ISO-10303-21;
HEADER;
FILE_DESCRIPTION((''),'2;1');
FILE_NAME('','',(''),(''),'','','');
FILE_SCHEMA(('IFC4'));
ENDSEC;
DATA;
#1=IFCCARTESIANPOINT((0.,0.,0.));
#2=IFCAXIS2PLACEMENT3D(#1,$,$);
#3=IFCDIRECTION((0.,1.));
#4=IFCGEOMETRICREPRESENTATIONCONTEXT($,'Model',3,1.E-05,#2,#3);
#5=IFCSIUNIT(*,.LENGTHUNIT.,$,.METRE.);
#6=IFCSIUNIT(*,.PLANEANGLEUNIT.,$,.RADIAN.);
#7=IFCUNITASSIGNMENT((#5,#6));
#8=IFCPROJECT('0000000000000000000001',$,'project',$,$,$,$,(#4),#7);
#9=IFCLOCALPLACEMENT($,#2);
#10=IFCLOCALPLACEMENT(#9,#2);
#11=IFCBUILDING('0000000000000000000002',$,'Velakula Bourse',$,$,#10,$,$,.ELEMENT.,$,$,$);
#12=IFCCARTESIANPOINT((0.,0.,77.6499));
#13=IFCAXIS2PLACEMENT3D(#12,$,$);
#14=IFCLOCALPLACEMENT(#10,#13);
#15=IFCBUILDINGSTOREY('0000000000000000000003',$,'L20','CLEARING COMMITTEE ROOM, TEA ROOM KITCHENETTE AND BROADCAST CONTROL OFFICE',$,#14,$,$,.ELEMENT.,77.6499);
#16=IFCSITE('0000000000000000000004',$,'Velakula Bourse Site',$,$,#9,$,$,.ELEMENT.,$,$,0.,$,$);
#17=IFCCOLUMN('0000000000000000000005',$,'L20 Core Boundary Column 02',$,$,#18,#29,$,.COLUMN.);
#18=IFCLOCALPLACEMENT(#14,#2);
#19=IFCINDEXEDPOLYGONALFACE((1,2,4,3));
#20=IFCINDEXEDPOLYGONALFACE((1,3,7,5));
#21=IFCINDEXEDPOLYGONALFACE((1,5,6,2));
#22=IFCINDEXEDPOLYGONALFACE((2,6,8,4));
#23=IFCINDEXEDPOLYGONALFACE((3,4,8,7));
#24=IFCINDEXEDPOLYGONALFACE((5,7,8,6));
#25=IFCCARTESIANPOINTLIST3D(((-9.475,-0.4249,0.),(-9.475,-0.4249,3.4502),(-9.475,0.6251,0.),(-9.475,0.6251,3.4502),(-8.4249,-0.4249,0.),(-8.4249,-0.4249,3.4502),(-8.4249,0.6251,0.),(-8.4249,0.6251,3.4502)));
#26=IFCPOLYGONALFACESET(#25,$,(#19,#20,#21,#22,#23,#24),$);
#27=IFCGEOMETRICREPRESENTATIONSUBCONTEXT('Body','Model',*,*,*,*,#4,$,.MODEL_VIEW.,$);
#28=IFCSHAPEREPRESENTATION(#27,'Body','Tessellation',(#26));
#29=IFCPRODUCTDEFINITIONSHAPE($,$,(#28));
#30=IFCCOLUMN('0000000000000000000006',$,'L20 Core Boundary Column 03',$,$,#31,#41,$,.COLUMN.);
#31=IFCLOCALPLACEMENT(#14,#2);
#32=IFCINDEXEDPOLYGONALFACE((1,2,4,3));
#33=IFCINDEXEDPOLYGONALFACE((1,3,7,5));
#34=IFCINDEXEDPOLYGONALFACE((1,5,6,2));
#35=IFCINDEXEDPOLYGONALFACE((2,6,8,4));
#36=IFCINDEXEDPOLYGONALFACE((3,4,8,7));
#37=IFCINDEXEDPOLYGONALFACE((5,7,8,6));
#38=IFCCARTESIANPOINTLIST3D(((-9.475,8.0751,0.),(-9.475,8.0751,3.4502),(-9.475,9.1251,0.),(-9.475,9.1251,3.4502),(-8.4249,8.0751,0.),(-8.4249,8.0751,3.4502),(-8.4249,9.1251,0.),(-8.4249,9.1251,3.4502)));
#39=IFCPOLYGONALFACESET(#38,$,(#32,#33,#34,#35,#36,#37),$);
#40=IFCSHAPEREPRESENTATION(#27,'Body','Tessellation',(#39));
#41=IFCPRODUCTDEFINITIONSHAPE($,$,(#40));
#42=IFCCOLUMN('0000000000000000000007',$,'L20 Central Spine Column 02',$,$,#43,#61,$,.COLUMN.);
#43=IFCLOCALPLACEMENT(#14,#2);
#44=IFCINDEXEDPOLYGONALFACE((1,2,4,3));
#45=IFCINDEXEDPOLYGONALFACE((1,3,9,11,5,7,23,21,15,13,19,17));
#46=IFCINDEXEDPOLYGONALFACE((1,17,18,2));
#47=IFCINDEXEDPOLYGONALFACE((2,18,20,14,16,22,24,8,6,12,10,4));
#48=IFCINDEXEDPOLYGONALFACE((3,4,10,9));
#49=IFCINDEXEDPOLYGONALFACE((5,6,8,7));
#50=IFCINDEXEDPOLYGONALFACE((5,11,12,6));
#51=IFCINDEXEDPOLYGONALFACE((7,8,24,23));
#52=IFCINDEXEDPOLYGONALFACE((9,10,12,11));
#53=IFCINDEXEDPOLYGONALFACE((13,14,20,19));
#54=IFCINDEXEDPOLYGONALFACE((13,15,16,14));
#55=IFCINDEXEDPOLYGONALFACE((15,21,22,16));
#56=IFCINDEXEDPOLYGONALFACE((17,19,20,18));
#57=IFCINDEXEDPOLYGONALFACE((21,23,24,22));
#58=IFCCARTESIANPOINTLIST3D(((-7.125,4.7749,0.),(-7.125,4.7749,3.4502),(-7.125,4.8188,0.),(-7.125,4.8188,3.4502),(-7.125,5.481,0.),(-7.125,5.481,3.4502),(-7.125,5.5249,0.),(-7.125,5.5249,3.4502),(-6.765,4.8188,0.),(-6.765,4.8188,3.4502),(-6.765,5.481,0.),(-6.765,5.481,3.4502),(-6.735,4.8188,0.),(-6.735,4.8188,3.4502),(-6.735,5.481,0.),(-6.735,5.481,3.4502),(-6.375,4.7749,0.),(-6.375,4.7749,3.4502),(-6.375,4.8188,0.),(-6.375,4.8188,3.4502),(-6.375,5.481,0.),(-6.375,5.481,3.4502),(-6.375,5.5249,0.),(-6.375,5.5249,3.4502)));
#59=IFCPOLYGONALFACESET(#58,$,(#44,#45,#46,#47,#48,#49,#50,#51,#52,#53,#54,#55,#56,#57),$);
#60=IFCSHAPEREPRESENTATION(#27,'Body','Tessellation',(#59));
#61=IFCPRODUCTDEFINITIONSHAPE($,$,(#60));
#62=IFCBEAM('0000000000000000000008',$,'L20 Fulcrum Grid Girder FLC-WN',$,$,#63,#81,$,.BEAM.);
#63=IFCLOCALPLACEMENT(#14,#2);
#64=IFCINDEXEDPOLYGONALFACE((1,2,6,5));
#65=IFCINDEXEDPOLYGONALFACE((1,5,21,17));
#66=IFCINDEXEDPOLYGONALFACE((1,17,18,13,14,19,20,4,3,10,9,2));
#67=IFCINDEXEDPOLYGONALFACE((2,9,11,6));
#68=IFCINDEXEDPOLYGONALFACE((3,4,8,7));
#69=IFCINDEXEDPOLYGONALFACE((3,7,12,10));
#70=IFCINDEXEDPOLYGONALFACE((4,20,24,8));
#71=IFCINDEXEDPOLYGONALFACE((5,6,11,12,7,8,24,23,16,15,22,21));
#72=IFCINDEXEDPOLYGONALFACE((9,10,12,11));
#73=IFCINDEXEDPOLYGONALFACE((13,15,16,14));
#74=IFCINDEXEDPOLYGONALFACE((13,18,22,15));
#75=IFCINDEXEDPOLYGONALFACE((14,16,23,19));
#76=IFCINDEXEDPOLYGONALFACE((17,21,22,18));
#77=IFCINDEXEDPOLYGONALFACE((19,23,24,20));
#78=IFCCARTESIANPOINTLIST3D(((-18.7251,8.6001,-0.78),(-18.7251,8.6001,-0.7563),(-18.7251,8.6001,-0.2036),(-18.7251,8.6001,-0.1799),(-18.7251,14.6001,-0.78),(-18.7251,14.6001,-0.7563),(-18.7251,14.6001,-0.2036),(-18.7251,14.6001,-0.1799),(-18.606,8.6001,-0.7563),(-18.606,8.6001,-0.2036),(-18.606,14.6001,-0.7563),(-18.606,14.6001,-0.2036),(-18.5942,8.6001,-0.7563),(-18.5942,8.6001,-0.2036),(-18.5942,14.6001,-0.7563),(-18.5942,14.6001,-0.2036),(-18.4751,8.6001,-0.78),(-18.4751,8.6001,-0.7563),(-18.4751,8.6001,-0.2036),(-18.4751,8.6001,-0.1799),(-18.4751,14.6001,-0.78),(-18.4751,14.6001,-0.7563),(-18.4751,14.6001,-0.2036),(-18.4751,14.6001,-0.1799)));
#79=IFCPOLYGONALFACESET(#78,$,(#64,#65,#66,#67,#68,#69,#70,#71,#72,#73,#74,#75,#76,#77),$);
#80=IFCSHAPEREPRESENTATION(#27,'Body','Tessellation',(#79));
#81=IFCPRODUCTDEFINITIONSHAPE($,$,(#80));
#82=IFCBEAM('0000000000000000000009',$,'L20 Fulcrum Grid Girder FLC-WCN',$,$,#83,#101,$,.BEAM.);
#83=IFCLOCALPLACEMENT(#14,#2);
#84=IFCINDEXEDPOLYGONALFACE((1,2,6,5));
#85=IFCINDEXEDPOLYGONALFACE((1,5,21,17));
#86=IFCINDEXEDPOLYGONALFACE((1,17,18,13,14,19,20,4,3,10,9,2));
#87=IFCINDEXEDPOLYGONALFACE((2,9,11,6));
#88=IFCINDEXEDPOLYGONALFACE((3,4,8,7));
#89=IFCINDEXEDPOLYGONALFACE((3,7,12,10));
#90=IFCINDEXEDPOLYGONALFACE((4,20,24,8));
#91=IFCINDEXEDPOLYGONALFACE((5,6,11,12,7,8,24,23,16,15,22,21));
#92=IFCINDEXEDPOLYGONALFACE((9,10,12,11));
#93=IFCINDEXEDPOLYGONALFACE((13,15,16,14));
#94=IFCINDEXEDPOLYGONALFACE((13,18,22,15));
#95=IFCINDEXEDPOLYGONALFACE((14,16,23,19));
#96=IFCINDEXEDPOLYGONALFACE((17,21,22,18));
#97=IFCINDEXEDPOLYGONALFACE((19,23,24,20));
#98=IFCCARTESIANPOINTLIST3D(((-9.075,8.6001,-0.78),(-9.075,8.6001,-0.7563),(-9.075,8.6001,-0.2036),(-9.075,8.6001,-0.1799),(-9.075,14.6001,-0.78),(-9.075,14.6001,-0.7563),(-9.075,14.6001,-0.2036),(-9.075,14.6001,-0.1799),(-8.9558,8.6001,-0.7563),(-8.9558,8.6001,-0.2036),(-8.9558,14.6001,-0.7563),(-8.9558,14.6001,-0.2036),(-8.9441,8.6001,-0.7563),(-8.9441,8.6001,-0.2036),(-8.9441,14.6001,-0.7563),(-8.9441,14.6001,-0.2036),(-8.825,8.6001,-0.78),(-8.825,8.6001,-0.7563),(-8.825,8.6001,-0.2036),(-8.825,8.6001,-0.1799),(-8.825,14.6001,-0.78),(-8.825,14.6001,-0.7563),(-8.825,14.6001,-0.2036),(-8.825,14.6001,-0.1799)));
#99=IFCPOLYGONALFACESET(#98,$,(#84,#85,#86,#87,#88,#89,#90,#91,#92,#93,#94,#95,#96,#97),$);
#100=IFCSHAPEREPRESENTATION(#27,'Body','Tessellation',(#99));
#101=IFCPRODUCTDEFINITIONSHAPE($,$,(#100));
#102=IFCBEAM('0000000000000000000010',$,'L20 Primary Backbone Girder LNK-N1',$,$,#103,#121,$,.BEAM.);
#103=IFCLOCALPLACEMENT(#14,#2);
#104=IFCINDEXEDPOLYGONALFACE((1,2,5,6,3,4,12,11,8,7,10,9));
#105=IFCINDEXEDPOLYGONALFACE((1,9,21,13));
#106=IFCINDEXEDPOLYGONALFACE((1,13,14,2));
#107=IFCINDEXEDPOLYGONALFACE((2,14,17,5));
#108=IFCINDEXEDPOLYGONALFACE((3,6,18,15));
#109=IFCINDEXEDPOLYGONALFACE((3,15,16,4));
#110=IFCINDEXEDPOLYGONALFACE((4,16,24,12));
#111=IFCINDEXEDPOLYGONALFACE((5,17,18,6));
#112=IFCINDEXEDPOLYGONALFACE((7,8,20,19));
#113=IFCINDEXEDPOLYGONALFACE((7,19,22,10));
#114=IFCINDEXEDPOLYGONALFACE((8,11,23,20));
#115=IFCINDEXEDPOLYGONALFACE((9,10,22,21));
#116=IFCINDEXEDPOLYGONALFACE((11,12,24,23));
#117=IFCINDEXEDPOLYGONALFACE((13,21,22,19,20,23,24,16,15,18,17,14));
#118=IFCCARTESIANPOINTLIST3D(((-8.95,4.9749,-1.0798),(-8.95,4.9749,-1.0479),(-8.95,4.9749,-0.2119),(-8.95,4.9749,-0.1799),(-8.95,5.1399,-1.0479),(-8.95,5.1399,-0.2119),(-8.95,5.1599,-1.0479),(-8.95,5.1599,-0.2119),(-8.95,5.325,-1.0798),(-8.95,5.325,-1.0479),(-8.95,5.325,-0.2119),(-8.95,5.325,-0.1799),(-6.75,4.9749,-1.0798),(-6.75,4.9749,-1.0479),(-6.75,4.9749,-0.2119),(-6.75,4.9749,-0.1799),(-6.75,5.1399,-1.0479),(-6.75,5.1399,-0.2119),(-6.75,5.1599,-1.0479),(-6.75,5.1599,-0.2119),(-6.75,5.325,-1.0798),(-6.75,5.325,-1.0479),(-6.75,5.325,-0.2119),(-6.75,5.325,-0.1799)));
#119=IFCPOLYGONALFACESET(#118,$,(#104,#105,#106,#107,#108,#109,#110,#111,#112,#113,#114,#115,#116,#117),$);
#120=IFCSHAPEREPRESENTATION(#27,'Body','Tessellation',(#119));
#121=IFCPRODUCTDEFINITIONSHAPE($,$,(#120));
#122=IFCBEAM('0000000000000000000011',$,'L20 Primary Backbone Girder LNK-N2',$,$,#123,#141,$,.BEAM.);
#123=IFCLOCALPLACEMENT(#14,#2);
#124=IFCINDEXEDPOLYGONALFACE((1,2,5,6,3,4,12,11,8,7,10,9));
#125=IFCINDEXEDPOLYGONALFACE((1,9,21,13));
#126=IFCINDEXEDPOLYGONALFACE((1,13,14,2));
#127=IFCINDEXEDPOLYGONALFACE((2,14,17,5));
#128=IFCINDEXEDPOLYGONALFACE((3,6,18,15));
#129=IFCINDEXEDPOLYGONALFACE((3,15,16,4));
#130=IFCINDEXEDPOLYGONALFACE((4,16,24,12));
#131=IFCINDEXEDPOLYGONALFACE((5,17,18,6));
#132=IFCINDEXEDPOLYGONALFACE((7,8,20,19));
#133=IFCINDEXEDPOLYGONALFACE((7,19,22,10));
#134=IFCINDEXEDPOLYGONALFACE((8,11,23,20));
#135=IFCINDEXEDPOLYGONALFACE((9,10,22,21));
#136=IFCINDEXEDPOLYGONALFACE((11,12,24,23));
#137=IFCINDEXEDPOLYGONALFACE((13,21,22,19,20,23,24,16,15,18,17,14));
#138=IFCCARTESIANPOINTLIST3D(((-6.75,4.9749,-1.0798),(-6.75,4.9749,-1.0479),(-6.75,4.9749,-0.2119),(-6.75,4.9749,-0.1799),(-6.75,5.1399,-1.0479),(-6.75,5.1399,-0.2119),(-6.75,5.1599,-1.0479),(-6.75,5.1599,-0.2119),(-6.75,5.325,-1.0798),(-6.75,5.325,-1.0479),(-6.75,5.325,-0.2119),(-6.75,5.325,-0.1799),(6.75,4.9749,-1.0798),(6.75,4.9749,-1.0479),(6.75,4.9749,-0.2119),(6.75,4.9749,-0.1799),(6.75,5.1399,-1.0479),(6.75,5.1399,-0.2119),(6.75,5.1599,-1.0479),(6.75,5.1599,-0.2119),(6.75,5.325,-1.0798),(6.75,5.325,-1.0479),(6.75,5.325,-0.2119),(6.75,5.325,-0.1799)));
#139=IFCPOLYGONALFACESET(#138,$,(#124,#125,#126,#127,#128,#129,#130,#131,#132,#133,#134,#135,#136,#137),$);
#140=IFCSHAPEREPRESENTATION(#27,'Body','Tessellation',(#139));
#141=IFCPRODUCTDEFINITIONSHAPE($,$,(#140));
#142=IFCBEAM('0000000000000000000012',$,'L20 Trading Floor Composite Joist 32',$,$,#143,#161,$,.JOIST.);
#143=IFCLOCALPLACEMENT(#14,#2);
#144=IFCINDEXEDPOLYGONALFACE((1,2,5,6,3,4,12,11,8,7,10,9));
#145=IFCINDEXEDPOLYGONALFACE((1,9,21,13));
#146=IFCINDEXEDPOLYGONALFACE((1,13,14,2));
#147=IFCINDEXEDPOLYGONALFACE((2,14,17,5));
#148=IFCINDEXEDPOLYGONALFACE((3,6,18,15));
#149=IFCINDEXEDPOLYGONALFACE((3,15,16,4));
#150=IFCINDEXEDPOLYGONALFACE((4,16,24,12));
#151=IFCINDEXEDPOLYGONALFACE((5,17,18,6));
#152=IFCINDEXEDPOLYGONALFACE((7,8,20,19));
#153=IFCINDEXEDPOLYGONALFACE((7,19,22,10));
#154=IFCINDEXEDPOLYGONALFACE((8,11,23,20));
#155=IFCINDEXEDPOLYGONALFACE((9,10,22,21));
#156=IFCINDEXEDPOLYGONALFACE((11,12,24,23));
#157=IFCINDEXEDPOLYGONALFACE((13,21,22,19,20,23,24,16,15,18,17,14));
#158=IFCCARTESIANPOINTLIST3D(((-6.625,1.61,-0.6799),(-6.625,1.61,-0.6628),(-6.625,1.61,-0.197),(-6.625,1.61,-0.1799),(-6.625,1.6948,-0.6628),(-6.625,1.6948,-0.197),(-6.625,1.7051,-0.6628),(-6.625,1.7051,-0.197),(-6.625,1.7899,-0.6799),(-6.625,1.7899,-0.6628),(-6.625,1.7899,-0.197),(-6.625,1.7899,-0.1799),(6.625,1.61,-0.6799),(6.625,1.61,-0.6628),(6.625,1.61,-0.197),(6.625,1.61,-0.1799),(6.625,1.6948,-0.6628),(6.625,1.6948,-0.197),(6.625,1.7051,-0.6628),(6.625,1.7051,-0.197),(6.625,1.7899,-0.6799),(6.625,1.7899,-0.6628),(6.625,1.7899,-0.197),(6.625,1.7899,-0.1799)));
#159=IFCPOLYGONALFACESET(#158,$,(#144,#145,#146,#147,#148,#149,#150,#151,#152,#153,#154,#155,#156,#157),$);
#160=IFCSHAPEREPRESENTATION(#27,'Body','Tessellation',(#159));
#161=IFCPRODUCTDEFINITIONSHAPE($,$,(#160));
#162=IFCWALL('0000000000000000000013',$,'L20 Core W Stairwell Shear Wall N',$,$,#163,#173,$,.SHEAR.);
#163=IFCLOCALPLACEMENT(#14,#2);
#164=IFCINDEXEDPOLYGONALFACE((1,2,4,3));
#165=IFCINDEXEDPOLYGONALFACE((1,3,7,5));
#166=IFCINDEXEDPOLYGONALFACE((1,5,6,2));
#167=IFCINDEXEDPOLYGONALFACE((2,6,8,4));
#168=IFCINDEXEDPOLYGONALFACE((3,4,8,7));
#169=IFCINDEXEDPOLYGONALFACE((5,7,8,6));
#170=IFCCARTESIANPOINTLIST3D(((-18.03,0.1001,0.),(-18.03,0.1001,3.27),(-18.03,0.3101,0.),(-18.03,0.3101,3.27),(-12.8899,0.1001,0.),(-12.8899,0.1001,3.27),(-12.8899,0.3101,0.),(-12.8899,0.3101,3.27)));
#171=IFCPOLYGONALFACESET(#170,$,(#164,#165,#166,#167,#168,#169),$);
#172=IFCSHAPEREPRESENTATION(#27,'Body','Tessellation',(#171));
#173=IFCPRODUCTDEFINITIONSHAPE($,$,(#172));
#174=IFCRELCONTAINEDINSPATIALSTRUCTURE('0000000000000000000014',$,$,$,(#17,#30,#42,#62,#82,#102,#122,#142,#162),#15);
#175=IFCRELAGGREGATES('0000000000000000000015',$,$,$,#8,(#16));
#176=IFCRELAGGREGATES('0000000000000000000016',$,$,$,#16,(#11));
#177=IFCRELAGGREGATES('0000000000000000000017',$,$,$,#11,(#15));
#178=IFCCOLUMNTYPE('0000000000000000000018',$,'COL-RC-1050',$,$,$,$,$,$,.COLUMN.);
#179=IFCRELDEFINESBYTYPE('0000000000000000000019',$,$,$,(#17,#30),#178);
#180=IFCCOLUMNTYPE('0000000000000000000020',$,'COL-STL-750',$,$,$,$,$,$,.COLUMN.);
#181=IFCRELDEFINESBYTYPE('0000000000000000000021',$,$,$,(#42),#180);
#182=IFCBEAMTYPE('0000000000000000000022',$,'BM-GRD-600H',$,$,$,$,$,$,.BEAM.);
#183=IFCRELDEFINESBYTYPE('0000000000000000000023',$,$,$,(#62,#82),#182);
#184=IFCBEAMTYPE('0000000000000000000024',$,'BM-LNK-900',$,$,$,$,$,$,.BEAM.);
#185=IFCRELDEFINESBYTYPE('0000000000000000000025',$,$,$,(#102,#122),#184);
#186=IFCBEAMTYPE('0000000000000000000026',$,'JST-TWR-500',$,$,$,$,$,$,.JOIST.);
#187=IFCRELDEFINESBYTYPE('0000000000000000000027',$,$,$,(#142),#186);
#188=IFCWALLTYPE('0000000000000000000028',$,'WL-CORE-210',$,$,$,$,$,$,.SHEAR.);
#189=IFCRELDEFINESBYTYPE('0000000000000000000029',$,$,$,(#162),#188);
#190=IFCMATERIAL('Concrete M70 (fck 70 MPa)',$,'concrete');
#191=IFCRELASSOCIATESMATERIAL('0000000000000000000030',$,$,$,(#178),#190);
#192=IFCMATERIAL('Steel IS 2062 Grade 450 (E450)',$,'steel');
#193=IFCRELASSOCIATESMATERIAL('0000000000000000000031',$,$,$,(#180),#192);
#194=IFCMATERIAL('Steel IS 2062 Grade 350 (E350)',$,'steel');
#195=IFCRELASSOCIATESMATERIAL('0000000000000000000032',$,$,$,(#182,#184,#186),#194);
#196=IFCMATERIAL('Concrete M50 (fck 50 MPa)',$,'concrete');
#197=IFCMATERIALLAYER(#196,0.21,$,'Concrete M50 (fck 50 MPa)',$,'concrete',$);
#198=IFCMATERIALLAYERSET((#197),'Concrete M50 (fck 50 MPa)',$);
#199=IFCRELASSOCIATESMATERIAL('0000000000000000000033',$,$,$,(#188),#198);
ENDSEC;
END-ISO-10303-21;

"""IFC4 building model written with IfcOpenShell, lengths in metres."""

from ifc_helpers import new_model, si_unit, direction, frame, frame_2d, origin, origin_2d, place, context, subcontext, project, spatial, rectangle, i_section, extrude, material, layer, layer_set, material_profile, profile_set, type_object, element, save


model = new_model("IFC4")

# Units and contexts
model_context = context("Model", 3, precision=1e-05, world=origin(), true_north=direction((0.0, 1.0)))
body_context = subcontext(model_context, "Body", "Model", "MODEL_VIEW")
ifc_project = project(units=[si_unit("LENGTHUNIT", "METRE"), si_unit("PLANEANGLEUNIT", "RADIAN")], contexts=[model_context])

# Site, building, storey
site_placement = place(None, origin())
site = spatial("IfcSite", under=ifc_project, at=site_placement, Name="Velakula Bourse Site", CompositionType="ELEMENT", RefElevation=0.0)
building_placement = place(site_placement, origin())
building = spatial("IfcBuilding", under=site, at=building_placement, Name="Velakula Bourse", CompositionType="ELEMENT")
storey_placement = place(building_placement, frame((0.0, 0.0, 77.6499)))
storey = spatial("IfcBuildingStorey", under=building, at=storey_placement, Name="L20", Description="CLEARING COMMITTEE ROOM, TEA ROOM KITCHENETTE AND BROADCAST CONTROL OFFICE", CompositionType="ELEMENT", Elevation=77.6499)

# Columns
ifc_material_1 = material(Name="Concrete M70 (fck 70 MPa)", Category="concrete")
ifc_material_profile_1 = material_profile(ifc_material_1, rectangle(XDim=1.05, YDim=1.05, at=origin_2d()), Name="Concrete M70 (fck 70 MPa)")
ifc_profile_set_1 = profile_set([ifc_material_profile_1], Name="Concrete M70 (fck 70 MPa)")
column_type_1 = type_object("IfcColumnType", Name="COL-RC-1050", PredefinedType="COLUMN", material=ifc_profile_set_1)
for number, where, z_axis, x_axis, name in (
    (1, (-8.95, 0.1001, 0.0), (0.0, 0.0, 1.0), (1.0, 0.0, 0.0), "L20 Core Boundary Column 02"),
    (2, (-8.95, 8.6001, 0.0), (0.0, 0.0, 1.0), (1.0, 0.0, 0.0), "L20 Core Boundary Column 03"),
):
    element("IfcColumn", number, at=place(storey_placement, frame(where, z_axis=z_axis, x_axis=x_axis)), inside=storey, type_object=column_type_1, Name=name, PredefinedType="COLUMN", context=body_context, shape_type="SweptSolid", body=[
        extrude(rectangle(XDim=1.05, YDim=1.05, at=origin_2d()), origin(), (0.0, 0.0, 1.0), 3.4502),
    ])
ifc_material_2 = material(Name="Steel IS 2062 Grade 450 (E450)", Category="steel")
ifc_material_profile_2 = material_profile(ifc_material_2, i_section(OverallWidth=0.75, OverallDepth=0.75, WebThickness=0.03, FlangeThickness=0.0439, at=origin_2d()), Name="Steel IS 2062 Grade 450 (E450)")
ifc_profile_set_2 = profile_set([ifc_material_profile_2], Name="Steel IS 2062 Grade 450 (E450)")
column_type_2 = type_object("IfcColumnType", Name="COL-STL-750", PredefinedType="COLUMN", material=ifc_profile_set_2)
column_placement = place(storey_placement, frame((-6.75, 5.1499, 0.0), z_axis=(0.0, 0.0, 1.0), x_axis=(1.0, 0.0, 0.0)))
element("IfcColumn", 3, at=column_placement, inside=storey, type_object=column_type_2, Name="L20 Central Spine Column 02", PredefinedType="COLUMN", context=body_context, shape_type="SweptSolid", body=[
    extrude(i_section(OverallWidth=0.75, OverallDepth=0.75, WebThickness=0.03, FlangeThickness=0.0439, at=origin_2d()), origin(), (0.0, 0.0, 1.0), 3.4502),
])

# Beams
ifc_material_3 = material(Name="Steel IS 2062 Grade 350 (E350)", Category="steel")
ifc_material_profile_3 = material_profile(ifc_material_3, i_section(OverallWidth=0.25, OverallDepth=0.6001, WebThickness=0.0117, FlangeThickness=0.0237, at=origin_2d()), Name="Steel IS 2062 Grade 350 (E350)")
ifc_profile_set_3 = profile_set([ifc_material_profile_3], Name="Steel IS 2062 Grade 350 (E350)")
beam_type_1 = type_object("IfcBeamType", Name="BM-GRD-600H", PredefinedType="BEAM", material=ifc_profile_set_3)
for number, where, z_axis, x_axis, name in (
    (4, (-18.6001, 8.6001, -0.48), (0.0, 1.0, 0.0), (-1.0, 0.0, 0.0), "L20 Fulcrum Grid Girder FLC-WN"),
    (5, (-8.95, 8.6001, -0.48), (0.0, 1.0, 0.0), (-1.0, 0.0, 0.0), "L20 Fulcrum Grid Girder FLC-WCN"),
):
    element("IfcBeam", number, at=place(storey_placement, frame(where, z_axis=z_axis, x_axis=x_axis)), inside=storey, type_object=beam_type_1, Name=name, PredefinedType="BEAM", context=body_context, shape_type="SweptSolid", body=[
        extrude(i_section(OverallWidth=0.25, OverallDepth=0.6001, WebThickness=0.0117, FlangeThickness=0.0237, at=origin_2d()), origin(), (0.0, 0.0, 1.0), 6.0),
    ])
ifc_material_profile_4 = material_profile(ifc_material_3, i_section(OverallWidth=0.3501, OverallDepth=0.8999, WebThickness=0.02, FlangeThickness=0.032, at=origin_2d()), Name="Steel IS 2062 Grade 350 (E350)")
ifc_profile_set_4 = profile_set([ifc_material_profile_4], Name="Steel IS 2062 Grade 350 (E350)")
beam_type_2 = type_object("IfcBeamType", Name="BM-LNK-900", PredefinedType="BEAM", material=ifc_profile_set_4)
beam_1_placement = place(storey_placement, frame((-8.95, 5.1499, -0.6299), z_axis=(1.0, 0.0, 0.0), x_axis=(0.0, 1.0, 0.0)))
element("IfcBeam", 6, at=beam_1_placement, inside=storey, type_object=beam_type_2, Name="L20 Primary Backbone Girder LNK-N1", PredefinedType="BEAM", context=body_context, shape_type="SweptSolid", body=[
    extrude(i_section(OverallWidth=0.3501, OverallDepth=0.8999, WebThickness=0.02, FlangeThickness=0.032, at=origin_2d()), origin(), (0.0, 0.0, 1.0), 2.2),
])
beam_2_placement = place(storey_placement, frame((-6.75, 5.1499, -0.6299), z_axis=(1.0, 0.0, 0.0), x_axis=(0.0, 1.0, 0.0)))
element("IfcBeam", 7, at=beam_2_placement, inside=storey, type_object=beam_type_2, Name="L20 Primary Backbone Girder LNK-N2", PredefinedType="BEAM", context=body_context, shape_type="SweptSolid", body=[
    extrude(i_section(OverallWidth=0.3501, OverallDepth=0.8999, WebThickness=0.02, FlangeThickness=0.032, at=origin_2d()), origin(), (0.0, 0.0, 1.0), 13.5),
])
ifc_material_profile_5 = material_profile(ifc_material_3, i_section(OverallWidth=0.1799, OverallDepth=0.5, WebThickness=0.0103, FlangeThickness=0.0171, at=origin_2d()), Name="Steel IS 2062 Grade 350 (E350)")
ifc_profile_set_5 = profile_set([ifc_material_profile_5], Name="Steel IS 2062 Grade 350 (E350)")
beam_type_3 = type_object("IfcBeamType", Name="JST-TWR-500", PredefinedType="JOIST", material=ifc_profile_set_5)
beam_3_placement = place(storey_placement, frame((-6.625, 1.7, -0.4299), z_axis=(1.0, 0.0, 0.0), x_axis=(0.0, 1.0, 0.0)))
element("IfcBeam", 8, at=beam_3_placement, inside=storey, type_object=beam_type_3, Name="L20 Trading Floor Composite Joist 32", PredefinedType="JOIST", context=body_context, shape_type="SweptSolid", body=[
    extrude(i_section(OverallWidth=0.1799, OverallDepth=0.5, WebThickness=0.0103, FlangeThickness=0.0171, at=origin_2d()), origin(), (0.0, 0.0, 1.0), 13.25),
])

# Wall
ifc_material_4 = material(Name="Concrete M50 (fck 50 MPa)", Category="concrete")
ifc_layer_1 = layer(ifc_material_4, 0.21, Name="Concrete M50 (fck 50 MPa)", Category="concrete")
ifc_layer_set_1 = layer_set([ifc_layer_1], Name="Concrete M50 (fck 50 MPa)")
wall_type_1 = type_object("IfcWallType", Name="WL-CORE-210", PredefinedType="SHEAR", material=ifc_layer_set_1)
wall_1_placement = place(storey_placement, frame((-12.8899, 0.2051, 0.0), z_axis=(0.0, 0.0, 1.0), x_axis=(-1.0, 0.0, 0.0)))
element("IfcWall", 9, at=wall_1_placement, inside=storey, type_object=wall_type_1, Name="L20 Core W Stairwell Shear Wall N", PredefinedType="SHEAR", context=body_context, shape_type="SweptSolid", body=[
    extrude(rectangle(XDim=5.1401, YDim=0.21, at=frame_2d((2.5701, 0.0))), origin(), (0.0, 0.0, 1.0), 3.27),
])

save(model, "model.ifc")
